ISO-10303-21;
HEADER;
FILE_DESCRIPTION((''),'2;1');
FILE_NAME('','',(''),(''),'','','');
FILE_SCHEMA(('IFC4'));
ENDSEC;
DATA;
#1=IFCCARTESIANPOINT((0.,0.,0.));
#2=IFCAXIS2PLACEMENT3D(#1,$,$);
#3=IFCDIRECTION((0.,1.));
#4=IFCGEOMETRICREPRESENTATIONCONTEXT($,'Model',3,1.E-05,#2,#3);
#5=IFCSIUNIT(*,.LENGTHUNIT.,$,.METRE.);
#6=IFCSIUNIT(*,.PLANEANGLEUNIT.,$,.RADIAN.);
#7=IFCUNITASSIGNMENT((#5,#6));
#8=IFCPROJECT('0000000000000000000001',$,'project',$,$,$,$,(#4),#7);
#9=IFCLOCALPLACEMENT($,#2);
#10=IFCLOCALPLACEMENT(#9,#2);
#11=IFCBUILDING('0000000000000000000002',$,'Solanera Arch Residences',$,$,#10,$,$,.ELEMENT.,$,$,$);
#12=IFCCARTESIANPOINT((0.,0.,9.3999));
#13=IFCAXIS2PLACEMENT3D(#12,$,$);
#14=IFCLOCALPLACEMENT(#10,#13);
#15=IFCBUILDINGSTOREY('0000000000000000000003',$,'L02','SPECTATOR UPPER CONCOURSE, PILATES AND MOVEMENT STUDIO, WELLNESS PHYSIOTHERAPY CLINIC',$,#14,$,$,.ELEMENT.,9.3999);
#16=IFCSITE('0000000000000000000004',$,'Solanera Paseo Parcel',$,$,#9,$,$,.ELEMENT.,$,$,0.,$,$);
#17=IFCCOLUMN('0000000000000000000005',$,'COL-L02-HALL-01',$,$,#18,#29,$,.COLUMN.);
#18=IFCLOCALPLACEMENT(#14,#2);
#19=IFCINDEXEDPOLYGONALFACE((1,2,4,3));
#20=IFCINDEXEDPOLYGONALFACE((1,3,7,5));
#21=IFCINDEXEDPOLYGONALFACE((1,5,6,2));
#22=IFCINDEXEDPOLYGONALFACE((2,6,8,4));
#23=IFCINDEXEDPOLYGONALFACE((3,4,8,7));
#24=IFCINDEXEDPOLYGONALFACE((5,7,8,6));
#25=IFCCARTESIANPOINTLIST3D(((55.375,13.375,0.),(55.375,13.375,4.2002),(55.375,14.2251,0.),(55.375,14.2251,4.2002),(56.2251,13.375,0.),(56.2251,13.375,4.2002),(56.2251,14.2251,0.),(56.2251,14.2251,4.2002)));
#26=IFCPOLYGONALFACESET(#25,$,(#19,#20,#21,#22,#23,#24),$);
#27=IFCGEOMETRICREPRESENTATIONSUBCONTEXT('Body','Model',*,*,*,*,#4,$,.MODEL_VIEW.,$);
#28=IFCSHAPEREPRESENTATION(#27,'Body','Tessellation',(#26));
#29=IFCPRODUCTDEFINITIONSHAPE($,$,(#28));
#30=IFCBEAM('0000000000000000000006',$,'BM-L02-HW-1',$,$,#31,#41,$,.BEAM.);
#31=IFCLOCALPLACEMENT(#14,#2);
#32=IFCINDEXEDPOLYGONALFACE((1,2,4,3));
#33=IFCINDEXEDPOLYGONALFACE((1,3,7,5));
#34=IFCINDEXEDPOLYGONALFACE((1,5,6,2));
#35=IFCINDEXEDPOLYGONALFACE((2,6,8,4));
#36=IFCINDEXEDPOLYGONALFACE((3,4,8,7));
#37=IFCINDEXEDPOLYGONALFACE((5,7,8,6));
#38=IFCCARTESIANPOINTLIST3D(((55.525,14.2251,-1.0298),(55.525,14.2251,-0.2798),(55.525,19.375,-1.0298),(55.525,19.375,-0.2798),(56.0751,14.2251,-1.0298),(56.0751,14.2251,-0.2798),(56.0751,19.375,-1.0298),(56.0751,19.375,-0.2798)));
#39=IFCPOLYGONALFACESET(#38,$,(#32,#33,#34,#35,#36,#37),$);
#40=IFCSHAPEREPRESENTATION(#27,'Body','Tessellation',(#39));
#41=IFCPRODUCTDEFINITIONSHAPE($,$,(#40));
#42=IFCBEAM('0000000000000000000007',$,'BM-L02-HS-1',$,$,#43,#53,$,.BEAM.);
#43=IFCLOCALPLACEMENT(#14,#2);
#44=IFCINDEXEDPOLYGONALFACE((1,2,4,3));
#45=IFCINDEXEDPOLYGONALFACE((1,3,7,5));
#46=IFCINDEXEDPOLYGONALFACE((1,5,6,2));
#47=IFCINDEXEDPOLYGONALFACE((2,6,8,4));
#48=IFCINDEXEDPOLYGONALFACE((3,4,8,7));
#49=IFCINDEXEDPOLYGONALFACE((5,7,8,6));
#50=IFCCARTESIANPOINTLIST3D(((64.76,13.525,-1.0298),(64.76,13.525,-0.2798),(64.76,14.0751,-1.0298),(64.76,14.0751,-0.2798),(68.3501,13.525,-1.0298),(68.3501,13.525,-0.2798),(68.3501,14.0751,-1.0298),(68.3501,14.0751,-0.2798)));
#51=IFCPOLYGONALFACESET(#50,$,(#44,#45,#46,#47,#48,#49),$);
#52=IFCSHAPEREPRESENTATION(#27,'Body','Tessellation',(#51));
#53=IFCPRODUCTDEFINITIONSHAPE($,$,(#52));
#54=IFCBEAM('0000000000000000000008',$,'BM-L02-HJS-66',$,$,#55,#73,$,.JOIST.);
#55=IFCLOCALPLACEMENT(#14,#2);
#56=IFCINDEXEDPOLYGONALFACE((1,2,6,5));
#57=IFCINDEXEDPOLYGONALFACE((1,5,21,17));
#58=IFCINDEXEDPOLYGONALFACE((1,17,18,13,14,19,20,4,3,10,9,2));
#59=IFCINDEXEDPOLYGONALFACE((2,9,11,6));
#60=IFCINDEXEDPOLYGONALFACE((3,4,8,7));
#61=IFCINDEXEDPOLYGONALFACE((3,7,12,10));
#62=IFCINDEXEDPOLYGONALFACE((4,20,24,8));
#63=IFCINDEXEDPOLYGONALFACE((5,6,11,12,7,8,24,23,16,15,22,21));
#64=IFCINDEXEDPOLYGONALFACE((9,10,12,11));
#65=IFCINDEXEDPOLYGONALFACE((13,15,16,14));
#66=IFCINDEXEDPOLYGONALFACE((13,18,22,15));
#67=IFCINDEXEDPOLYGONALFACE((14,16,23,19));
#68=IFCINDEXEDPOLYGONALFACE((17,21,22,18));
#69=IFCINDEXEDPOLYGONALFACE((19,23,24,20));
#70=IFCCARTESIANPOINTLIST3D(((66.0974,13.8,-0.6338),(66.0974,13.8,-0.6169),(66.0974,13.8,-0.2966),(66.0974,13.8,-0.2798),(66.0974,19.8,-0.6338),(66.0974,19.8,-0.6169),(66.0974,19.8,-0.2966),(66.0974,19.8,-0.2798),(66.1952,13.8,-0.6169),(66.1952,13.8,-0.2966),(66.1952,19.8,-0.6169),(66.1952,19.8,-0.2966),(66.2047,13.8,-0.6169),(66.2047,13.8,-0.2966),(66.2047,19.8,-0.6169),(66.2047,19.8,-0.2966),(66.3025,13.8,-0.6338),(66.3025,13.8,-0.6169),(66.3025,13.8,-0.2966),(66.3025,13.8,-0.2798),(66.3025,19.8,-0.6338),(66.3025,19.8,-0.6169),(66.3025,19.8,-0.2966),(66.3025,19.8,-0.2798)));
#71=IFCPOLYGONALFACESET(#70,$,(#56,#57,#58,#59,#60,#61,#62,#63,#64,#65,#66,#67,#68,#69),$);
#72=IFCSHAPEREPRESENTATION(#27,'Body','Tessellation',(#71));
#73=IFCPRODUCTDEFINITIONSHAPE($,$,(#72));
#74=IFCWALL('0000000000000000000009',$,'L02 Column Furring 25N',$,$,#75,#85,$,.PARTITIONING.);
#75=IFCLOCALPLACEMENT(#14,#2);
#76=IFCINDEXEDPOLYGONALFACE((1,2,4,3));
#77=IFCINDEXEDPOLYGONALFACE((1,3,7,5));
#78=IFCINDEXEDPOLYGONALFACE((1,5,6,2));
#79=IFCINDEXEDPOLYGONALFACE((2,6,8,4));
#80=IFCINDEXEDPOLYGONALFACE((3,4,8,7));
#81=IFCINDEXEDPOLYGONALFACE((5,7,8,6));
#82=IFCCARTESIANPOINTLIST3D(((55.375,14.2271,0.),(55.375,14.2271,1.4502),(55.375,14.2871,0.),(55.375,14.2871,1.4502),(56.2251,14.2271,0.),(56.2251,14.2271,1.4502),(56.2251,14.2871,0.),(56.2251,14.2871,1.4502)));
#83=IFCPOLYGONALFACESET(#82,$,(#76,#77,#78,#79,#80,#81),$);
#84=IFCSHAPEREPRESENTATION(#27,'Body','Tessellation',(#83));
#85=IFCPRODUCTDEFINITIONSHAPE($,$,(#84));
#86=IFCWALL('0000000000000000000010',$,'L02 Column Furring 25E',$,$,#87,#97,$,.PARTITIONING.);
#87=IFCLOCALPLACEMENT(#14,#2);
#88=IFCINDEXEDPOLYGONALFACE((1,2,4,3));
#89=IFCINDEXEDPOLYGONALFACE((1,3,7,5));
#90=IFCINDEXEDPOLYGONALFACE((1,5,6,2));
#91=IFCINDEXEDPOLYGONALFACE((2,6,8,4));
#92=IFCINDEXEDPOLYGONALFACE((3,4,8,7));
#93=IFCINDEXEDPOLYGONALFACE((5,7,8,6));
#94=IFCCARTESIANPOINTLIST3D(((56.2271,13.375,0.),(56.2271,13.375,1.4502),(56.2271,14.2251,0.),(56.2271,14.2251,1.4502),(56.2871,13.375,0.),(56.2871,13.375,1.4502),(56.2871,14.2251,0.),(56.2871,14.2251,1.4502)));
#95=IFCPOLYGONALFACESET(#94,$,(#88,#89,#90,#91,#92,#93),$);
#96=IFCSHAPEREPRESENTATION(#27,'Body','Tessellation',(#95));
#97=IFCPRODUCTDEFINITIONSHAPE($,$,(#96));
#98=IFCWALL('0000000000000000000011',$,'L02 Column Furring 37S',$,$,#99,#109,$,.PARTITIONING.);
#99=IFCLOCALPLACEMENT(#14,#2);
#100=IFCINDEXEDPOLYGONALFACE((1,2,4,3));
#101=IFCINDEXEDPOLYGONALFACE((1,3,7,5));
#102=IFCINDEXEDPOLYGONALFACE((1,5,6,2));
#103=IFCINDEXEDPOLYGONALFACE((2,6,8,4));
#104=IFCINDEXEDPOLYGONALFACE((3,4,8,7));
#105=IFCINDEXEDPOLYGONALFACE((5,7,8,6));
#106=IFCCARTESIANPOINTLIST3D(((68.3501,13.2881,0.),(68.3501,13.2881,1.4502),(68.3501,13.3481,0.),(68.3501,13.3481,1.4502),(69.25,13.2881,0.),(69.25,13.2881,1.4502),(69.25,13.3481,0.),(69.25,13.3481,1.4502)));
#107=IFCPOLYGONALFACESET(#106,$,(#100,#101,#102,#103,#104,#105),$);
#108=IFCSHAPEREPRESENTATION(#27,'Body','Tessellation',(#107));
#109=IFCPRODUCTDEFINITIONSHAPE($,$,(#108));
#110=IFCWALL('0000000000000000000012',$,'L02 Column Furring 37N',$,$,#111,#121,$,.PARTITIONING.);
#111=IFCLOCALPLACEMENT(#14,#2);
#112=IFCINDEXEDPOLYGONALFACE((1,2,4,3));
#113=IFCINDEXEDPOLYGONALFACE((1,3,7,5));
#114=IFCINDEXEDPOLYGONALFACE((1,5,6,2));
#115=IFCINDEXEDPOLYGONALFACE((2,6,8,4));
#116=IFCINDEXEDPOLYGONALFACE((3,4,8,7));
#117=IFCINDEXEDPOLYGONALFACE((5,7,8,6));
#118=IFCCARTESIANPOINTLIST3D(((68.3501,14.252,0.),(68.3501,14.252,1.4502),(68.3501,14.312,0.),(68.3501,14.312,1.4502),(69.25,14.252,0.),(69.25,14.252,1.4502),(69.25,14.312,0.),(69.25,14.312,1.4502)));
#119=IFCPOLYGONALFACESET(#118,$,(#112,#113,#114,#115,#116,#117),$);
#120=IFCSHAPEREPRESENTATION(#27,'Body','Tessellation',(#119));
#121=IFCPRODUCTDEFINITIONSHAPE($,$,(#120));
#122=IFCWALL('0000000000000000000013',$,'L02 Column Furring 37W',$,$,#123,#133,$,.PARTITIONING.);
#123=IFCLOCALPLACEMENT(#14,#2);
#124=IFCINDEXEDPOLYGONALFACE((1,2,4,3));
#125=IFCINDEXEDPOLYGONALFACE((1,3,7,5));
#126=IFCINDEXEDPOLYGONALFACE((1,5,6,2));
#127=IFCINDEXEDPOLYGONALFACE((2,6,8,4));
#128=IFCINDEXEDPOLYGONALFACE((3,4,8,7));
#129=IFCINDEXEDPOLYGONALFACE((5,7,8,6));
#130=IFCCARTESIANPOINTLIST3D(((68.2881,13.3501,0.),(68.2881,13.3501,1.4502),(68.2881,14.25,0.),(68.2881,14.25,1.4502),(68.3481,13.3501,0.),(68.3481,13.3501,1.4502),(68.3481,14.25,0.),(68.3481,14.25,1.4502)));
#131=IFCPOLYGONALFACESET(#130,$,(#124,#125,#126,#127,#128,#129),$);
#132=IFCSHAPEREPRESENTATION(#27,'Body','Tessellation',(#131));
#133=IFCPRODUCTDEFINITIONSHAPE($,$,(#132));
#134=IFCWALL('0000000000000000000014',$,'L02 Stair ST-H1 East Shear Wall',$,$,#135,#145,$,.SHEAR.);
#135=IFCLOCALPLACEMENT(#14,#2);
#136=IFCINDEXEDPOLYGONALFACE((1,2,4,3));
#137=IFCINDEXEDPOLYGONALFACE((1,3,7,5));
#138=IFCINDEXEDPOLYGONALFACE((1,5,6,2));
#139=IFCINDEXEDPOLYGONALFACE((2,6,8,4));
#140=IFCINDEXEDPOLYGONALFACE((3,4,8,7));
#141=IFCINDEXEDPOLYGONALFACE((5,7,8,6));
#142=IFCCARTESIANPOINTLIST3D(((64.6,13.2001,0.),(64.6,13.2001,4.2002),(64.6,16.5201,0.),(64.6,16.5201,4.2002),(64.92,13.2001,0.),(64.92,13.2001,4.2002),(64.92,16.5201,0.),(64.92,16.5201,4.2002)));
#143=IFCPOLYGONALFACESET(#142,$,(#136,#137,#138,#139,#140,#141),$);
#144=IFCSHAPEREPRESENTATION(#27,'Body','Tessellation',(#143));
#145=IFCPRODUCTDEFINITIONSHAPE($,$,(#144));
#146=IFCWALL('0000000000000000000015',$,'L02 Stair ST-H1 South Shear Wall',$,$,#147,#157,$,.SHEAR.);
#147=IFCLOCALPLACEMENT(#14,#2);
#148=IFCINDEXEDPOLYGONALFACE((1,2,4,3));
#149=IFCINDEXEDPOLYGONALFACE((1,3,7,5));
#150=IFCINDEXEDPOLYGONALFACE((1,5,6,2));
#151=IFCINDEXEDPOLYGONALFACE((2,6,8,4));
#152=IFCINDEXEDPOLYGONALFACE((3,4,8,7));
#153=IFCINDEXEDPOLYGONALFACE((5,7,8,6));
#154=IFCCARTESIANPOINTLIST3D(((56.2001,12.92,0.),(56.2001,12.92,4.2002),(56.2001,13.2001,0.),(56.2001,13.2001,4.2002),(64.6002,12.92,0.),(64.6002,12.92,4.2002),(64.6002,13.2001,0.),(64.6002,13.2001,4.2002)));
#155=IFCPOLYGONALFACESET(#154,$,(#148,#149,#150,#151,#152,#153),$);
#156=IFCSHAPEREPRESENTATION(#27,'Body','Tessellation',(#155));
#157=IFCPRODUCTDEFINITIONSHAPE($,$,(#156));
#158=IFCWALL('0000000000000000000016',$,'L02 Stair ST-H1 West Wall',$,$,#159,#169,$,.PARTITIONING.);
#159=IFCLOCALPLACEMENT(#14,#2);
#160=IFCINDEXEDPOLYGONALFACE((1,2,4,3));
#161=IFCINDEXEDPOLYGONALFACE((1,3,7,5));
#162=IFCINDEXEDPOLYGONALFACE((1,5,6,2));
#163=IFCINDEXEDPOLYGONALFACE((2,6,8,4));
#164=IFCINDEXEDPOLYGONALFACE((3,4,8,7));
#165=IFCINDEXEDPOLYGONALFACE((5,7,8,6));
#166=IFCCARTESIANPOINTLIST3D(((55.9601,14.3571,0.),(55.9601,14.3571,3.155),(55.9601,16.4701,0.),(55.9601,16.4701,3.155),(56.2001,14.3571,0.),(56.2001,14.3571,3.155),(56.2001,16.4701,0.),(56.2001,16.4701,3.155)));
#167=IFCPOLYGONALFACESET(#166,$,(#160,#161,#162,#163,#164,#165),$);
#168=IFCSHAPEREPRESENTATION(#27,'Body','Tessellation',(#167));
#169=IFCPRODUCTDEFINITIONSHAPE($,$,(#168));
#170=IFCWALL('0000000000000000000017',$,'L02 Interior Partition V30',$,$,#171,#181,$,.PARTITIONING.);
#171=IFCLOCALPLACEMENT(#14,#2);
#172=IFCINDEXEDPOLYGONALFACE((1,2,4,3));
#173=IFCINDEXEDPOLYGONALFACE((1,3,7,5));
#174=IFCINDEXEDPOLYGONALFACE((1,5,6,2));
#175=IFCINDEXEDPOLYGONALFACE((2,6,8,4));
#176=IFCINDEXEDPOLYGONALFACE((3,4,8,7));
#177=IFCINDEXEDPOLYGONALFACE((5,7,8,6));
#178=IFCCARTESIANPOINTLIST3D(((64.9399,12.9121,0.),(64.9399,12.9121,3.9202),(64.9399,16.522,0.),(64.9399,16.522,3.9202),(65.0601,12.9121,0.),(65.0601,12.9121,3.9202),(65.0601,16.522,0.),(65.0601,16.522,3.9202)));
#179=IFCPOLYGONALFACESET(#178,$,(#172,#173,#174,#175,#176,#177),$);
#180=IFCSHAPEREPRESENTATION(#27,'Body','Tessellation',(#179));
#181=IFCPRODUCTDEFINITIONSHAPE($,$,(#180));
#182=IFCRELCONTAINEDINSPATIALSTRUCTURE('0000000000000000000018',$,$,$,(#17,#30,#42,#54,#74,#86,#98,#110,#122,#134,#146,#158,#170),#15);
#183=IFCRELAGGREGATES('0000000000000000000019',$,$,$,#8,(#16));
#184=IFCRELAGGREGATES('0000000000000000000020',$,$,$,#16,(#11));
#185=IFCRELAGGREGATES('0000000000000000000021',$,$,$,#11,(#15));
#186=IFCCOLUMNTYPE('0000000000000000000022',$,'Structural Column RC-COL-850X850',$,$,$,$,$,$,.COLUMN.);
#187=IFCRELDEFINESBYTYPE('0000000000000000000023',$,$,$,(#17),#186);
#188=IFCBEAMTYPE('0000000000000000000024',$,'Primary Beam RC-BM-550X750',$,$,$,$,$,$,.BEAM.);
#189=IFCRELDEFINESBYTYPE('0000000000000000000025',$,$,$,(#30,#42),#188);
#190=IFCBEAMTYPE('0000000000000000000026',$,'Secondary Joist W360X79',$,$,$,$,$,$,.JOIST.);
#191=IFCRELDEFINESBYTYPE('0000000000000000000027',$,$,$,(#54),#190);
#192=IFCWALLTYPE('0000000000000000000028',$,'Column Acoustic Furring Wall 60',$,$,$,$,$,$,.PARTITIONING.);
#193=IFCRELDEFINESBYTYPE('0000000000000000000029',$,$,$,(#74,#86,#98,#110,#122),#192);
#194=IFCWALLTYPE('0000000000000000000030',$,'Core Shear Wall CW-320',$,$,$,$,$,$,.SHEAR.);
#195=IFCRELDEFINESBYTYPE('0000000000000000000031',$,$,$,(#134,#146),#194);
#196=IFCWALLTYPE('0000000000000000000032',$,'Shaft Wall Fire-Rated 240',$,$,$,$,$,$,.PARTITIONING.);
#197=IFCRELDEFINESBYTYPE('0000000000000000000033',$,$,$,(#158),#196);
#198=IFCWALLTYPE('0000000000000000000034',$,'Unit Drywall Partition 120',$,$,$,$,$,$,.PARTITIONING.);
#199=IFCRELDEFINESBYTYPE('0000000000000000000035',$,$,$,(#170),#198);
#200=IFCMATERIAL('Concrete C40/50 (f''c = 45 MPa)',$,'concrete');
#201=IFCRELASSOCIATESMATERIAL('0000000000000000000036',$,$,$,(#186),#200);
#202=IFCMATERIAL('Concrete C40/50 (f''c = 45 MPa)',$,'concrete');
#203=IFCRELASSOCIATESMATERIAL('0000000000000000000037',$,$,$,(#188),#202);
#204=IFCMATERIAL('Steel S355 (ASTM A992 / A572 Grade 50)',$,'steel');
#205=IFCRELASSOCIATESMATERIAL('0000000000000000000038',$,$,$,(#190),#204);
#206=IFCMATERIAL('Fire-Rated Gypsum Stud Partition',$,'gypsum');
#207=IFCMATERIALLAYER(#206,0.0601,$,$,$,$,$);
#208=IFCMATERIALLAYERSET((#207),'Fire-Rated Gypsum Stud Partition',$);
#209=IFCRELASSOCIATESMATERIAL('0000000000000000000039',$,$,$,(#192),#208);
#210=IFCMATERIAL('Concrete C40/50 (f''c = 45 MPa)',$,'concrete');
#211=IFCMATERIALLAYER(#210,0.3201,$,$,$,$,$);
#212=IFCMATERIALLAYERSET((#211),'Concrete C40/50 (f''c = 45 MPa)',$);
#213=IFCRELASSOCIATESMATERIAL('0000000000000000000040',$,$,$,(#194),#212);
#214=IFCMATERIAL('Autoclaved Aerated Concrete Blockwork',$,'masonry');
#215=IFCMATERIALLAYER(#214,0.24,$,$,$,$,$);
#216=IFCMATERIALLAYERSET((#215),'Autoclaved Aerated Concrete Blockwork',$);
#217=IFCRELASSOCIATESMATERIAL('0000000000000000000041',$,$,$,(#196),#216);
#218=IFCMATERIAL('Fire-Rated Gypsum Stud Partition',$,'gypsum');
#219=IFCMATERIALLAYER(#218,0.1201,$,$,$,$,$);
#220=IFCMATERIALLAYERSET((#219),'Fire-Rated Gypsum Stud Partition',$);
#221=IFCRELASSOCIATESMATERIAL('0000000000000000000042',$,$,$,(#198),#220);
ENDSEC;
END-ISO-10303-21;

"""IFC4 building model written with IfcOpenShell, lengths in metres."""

from ifc_helpers import new_model, si_unit, direction, frame, frame_2d, origin, origin_2d, place, context, subcontext, project, spatial, rectangle, i_section, extrude, material, layer, layer_set, material_profile, profile_set, type_object, element, save


model = new_model("IFC4")

# Units and contexts
model_context = context("Model", 3, precision=1e-05, world=origin(), true_north=direction((0.0, 1.0)))
body_context = subcontext(model_context, "Body", "Model", "MODEL_VIEW")
ifc_project = project(units=[si_unit("LENGTHUNIT", "METRE"), si_unit("PLANEANGLEUNIT", "RADIAN")], contexts=[model_context])

# Site, building, storey
site_placement = place(None, origin())
site = spatial("IfcSite", under=ifc_project, at=site_placement, Name="Solanera Paseo Parcel", CompositionType="ELEMENT", RefElevation=0.0)
building_placement = place(site_placement, origin())
building = spatial("IfcBuilding", under=site, at=building_placement, Name="Solanera Arch Residences", CompositionType="ELEMENT")
storey_placement = place(building_placement, frame((0.0, 0.0, 9.3999)))
storey = spatial("IfcBuildingStorey", under=building, at=storey_placement, Name="L02", Description="SPECTATOR UPPER CONCOURSE, PILATES AND MOVEMENT STUDIO, WELLNESS PHYSIOTHERAPY CLINIC", CompositionType="ELEMENT", Elevation=9.3999)

# Column
ifc_material_1 = material(Name="Concrete C40/50 (f'c = 45 MPa)", Category="concrete")
ifc_material_profile_1 = material_profile(ifc_material_1, rectangle(XDim=0.8501, YDim=0.8501, at=origin_2d()))
ifc_profile_set_1 = profile_set([ifc_material_profile_1], Name="Concrete C40/50 (f'c = 45 MPa)")
column_type = type_object("IfcColumnType", Name="Structural Column RC-COL-850X850", PredefinedType="COLUMN", material=ifc_profile_set_1)
column_placement = place(storey_placement, frame((55.8, 13.8, 0.0), z_axis=(0.0, 0.0, 1.0), x_axis=(1.0, 0.0, 0.0)))
element("IfcColumn", 1, at=column_placement, inside=storey, type_object=column_type, Name="COL-L02-HALL-01", PredefinedType="COLUMN", context=body_context, shape_type="SweptSolid", body=[
    extrude(rectangle(XDim=0.8501, YDim=0.8501, at=origin_2d()), origin(), (0.0, 0.0, 1.0), 4.2002),
])

# Beams
ifc_material_2 = material(Name="Concrete C40/50 (f'c = 45 MPa)", Category="concrete")
ifc_material_profile_2 = material_profile(ifc_material_2, rectangle(XDim=0.55, YDim=0.75, at=origin_2d()))
ifc_profile_set_2 = profile_set([ifc_material_profile_2], Name="Concrete C40/50 (f'c = 45 MPa)")
beam_type_1 = type_object("IfcBeamType", Name="Primary Beam RC-BM-550X750", PredefinedType="BEAM", material=ifc_profile_set_2)
beam_1_placement = place(storey_placement, frame((55.8, 14.2251, -0.6548), z_axis=(0.0, 1.0, 0.0), x_axis=(-1.0, 0.0, 0.0)))
element("IfcBeam", 2, at=beam_1_placement, inside=storey, type_object=beam_type_1, Name="BM-L02-HW-1", PredefinedType="BEAM", context=body_context, shape_type="SweptSolid", body=[
    extrude(rectangle(XDim=0.55, YDim=0.75, at=origin_2d()), origin(), (0.0, 0.0, 1.0), 5.1499),
])
beam_2_placement = place(storey_placement, frame((64.76, 13.8, -0.6548), z_axis=(1.0, 0.0, 0.0), x_axis=(0.0, 1.0, 0.0)))
element("IfcBeam", 3, at=beam_2_placement, inside=storey, type_object=beam_type_1, Name="BM-L02-HS-1", PredefinedType="BEAM", context=body_context, shape_type="SweptSolid", body=[
    extrude(rectangle(XDim=0.55, YDim=0.75, at=origin_2d()), origin(), (0.0, 0.0, 1.0), 3.5901),
])
ifc_material_3 = material(Name="Steel S355 (ASTM A992 / A572 Grade 50)", Category="steel")
ifc_material_profile_3 = material_profile(ifc_material_3, i_section(OverallWidth=0.2051, OverallDepth=0.354, WebThickness=0.0095, FlangeThickness=0.0168, at=origin_2d()))
ifc_profile_set_3 = profile_set([ifc_material_profile_3], Name="Steel S355 (ASTM A992 / A572 Grade 50)")
beam_type_2 = type_object("IfcBeamType", Name="Secondary Joist W360X79", PredefinedType="JOIST", material=ifc_profile_set_3)
beam_3_placement = place(storey_placement, frame((66.2, 13.8, -0.4568), z_axis=(0.0, 1.0, 0.0), x_axis=(-1.0, 0.0, 0.0)))
element("IfcBeam", 4, at=beam_3_placement, inside=storey, type_object=beam_type_2, Name="BM-L02-HJS-66", PredefinedType="JOIST", context=body_context, shape_type="SweptSolid", body=[
    extrude(i_section(OverallWidth=0.2051, OverallDepth=0.354, WebThickness=0.0095, FlangeThickness=0.0168, at=origin_2d()), origin(), (0.0, 0.0, 1.0), 6.0),
])

# Walls
ifc_material_4 = material(Name="Fire-Rated Gypsum Stud Partition", Category="gypsum")
ifc_layer_1 = layer(ifc_material_4, 0.0601)
ifc_layer_set_1 = layer_set([ifc_layer_1], Name="Fire-Rated Gypsum Stud Partition")
wall_type_1 = type_object("IfcWallType", Name="Column Acoustic Furring Wall 60", PredefinedType="PARTITIONING", material=ifc_layer_set_1)
for number, where, z_axis, x_axis, name in (
    (5, (55.375, 14.2571, 0.0), (0.0, 0.0, 1.0), (1.0, 0.0, 0.0), "L02 Column Furring 25N"),
    (6, (56.2571, 13.375, 0.0), (0.0, 0.0, 1.0), (0.0, 1.0, 0.0), "L02 Column Furring 25E"),
):
    element("IfcWall", number, at=place(storey_placement, frame(where, z_axis=z_axis, x_axis=x_axis)), inside=storey, type_object=wall_type_1, Name=name, PredefinedType="PARTITIONING", context=body_context, shape_type="SweptSolid", body=[
        extrude(rectangle(XDim=0.8501, YDim=0.0601, at=frame_2d((0.425, 0.0))), origin(), (0.0, 0.0, 1.0), 1.4502),
    ])
for number, where, z_axis, x_axis, name in (
    (7, (68.3501, 13.3181, 0.0), (0.0, 0.0, 1.0), (1.0, 0.0, 0.0), "L02 Column Furring 37S"),
    (8, (68.3501, 14.282, 0.0), (0.0, 0.0, 1.0), (1.0, 0.0, 0.0), "L02 Column Furring 37N"),
    (9, (68.3181, 13.3501, 0.0), (0.0, 0.0, 1.0), (0.0, 1.0, 0.0), "L02 Column Furring 37W"),
):
    element("IfcWall", number, at=place(storey_placement, frame(where, z_axis=z_axis, x_axis=x_axis)), inside=storey, type_object=wall_type_1, Name=name, PredefinedType="PARTITIONING", context=body_context, shape_type="SweptSolid", body=[
        extrude(rectangle(XDim=0.8999, YDim=0.0601, at=frame_2d((0.45, 0.0))), origin(), (0.0, 0.0, 1.0), 1.4502),
    ])
ifc_material_5 = material(Name="Concrete C40/50 (f'c = 45 MPa)", Category="concrete")
ifc_layer_2 = layer(ifc_material_5, 0.3201)
ifc_layer_set_2 = layer_set([ifc_layer_2], Name="Concrete C40/50 (f'c = 45 MPa)")
wall_type_2 = type_object("IfcWallType", Name="Core Shear Wall CW-320", PredefinedType="SHEAR", material=ifc_layer_set_2)
wall_1_placement = place(storey_placement, frame((64.76, 13.2, 0.0), z_axis=(0.0, 0.0, 1.0), x_axis=(0.0, 1.0, 0.0)))
element("IfcWall", 10, at=wall_1_placement, inside=storey, type_object=wall_type_2, Name="L02 Stair ST-H1 East Shear Wall", PredefinedType="SHEAR", context=body_context, shape_type="SweptSolid", body=[
    extrude(rectangle(XDim=3.3201, YDim=0.3201, at=frame_2d((1.6602, 0.0))), origin(), (0.0, 0.0, 1.0), 4.2002),
])
wall_2_placement = place(storey_placement, frame((56.2, 13.0601, 0.0), z_axis=(0.0, 0.0, 1.0), x_axis=(1.0, 0.0, 0.0)))
element("IfcWall", 11, at=wall_2_placement, inside=storey, type_object=wall_type_2, Name="L02 Stair ST-H1 South Shear Wall", PredefinedType="SHEAR", context=body_context, shape_type="SweptSolid", body=[
    extrude(rectangle(XDim=8.4001, YDim=0.28, at=frame_2d((4.2002, 0.0))), origin(), (0.0, 0.0, 1.0), 4.2002),
])
ifc_material_6 = material(Name="Autoclaved Aerated Concrete Blockwork", Category="masonry")
ifc_layer_3 = layer(ifc_material_6, 0.24)
ifc_layer_set_3 = layer_set([ifc_layer_3], Name="Autoclaved Aerated Concrete Blockwork")
wall_type_3 = type_object("IfcWallType", Name="Shaft Wall Fire-Rated 240", PredefinedType="PARTITIONING", material=ifc_layer_set_3)
wall_3_placement = place(storey_placement, frame((56.0801, 14.3569, 0.0), z_axis=(0.0, 0.0, 1.0), x_axis=(0.0, 1.0, 0.0)))
element("IfcWall", 12, at=wall_3_placement, inside=storey, type_object=wall_type_3, Name="L02 Stair ST-H1 West Wall", PredefinedType="PARTITIONING", context=body_context, shape_type="SweptSolid", body=[
    extrude(rectangle(XDim=2.113, YDim=0.24, at=frame_2d((1.0566, 0.0))), origin(), (0.0, 0.0, 1.0), 3.155),
])
ifc_material_7 = material(Name="Fire-Rated Gypsum Stud Partition", Category="gypsum")
ifc_layer_4 = layer(ifc_material_7, 0.1201)
ifc_layer_set_4 = layer_set([ifc_layer_4], Name="Fire-Rated Gypsum Stud Partition")
wall_type_4 = type_object("IfcWallType", Name="Unit Drywall Partition 120", PredefinedType="PARTITIONING", material=ifc_layer_set_4)
wall_4_placement = place(storey_placement, frame((65.0, 12.9121, 0.0), z_axis=(0.0, 0.0, 1.0), x_axis=(0.0, 1.0, 0.0)))
element("IfcWall", 13, at=wall_4_placement, inside=storey, type_object=wall_type_4, Name="L02 Interior Partition V30", PredefinedType="PARTITIONING", context=body_context, shape_type="SweptSolid", body=[
    extrude(rectangle(XDim=3.6099, YDim=0.1201, at=frame_2d((1.8049, 0.0))), origin(), (0.0, 0.0, 1.0), 3.9202),
])

save(model, "model.ifc")
